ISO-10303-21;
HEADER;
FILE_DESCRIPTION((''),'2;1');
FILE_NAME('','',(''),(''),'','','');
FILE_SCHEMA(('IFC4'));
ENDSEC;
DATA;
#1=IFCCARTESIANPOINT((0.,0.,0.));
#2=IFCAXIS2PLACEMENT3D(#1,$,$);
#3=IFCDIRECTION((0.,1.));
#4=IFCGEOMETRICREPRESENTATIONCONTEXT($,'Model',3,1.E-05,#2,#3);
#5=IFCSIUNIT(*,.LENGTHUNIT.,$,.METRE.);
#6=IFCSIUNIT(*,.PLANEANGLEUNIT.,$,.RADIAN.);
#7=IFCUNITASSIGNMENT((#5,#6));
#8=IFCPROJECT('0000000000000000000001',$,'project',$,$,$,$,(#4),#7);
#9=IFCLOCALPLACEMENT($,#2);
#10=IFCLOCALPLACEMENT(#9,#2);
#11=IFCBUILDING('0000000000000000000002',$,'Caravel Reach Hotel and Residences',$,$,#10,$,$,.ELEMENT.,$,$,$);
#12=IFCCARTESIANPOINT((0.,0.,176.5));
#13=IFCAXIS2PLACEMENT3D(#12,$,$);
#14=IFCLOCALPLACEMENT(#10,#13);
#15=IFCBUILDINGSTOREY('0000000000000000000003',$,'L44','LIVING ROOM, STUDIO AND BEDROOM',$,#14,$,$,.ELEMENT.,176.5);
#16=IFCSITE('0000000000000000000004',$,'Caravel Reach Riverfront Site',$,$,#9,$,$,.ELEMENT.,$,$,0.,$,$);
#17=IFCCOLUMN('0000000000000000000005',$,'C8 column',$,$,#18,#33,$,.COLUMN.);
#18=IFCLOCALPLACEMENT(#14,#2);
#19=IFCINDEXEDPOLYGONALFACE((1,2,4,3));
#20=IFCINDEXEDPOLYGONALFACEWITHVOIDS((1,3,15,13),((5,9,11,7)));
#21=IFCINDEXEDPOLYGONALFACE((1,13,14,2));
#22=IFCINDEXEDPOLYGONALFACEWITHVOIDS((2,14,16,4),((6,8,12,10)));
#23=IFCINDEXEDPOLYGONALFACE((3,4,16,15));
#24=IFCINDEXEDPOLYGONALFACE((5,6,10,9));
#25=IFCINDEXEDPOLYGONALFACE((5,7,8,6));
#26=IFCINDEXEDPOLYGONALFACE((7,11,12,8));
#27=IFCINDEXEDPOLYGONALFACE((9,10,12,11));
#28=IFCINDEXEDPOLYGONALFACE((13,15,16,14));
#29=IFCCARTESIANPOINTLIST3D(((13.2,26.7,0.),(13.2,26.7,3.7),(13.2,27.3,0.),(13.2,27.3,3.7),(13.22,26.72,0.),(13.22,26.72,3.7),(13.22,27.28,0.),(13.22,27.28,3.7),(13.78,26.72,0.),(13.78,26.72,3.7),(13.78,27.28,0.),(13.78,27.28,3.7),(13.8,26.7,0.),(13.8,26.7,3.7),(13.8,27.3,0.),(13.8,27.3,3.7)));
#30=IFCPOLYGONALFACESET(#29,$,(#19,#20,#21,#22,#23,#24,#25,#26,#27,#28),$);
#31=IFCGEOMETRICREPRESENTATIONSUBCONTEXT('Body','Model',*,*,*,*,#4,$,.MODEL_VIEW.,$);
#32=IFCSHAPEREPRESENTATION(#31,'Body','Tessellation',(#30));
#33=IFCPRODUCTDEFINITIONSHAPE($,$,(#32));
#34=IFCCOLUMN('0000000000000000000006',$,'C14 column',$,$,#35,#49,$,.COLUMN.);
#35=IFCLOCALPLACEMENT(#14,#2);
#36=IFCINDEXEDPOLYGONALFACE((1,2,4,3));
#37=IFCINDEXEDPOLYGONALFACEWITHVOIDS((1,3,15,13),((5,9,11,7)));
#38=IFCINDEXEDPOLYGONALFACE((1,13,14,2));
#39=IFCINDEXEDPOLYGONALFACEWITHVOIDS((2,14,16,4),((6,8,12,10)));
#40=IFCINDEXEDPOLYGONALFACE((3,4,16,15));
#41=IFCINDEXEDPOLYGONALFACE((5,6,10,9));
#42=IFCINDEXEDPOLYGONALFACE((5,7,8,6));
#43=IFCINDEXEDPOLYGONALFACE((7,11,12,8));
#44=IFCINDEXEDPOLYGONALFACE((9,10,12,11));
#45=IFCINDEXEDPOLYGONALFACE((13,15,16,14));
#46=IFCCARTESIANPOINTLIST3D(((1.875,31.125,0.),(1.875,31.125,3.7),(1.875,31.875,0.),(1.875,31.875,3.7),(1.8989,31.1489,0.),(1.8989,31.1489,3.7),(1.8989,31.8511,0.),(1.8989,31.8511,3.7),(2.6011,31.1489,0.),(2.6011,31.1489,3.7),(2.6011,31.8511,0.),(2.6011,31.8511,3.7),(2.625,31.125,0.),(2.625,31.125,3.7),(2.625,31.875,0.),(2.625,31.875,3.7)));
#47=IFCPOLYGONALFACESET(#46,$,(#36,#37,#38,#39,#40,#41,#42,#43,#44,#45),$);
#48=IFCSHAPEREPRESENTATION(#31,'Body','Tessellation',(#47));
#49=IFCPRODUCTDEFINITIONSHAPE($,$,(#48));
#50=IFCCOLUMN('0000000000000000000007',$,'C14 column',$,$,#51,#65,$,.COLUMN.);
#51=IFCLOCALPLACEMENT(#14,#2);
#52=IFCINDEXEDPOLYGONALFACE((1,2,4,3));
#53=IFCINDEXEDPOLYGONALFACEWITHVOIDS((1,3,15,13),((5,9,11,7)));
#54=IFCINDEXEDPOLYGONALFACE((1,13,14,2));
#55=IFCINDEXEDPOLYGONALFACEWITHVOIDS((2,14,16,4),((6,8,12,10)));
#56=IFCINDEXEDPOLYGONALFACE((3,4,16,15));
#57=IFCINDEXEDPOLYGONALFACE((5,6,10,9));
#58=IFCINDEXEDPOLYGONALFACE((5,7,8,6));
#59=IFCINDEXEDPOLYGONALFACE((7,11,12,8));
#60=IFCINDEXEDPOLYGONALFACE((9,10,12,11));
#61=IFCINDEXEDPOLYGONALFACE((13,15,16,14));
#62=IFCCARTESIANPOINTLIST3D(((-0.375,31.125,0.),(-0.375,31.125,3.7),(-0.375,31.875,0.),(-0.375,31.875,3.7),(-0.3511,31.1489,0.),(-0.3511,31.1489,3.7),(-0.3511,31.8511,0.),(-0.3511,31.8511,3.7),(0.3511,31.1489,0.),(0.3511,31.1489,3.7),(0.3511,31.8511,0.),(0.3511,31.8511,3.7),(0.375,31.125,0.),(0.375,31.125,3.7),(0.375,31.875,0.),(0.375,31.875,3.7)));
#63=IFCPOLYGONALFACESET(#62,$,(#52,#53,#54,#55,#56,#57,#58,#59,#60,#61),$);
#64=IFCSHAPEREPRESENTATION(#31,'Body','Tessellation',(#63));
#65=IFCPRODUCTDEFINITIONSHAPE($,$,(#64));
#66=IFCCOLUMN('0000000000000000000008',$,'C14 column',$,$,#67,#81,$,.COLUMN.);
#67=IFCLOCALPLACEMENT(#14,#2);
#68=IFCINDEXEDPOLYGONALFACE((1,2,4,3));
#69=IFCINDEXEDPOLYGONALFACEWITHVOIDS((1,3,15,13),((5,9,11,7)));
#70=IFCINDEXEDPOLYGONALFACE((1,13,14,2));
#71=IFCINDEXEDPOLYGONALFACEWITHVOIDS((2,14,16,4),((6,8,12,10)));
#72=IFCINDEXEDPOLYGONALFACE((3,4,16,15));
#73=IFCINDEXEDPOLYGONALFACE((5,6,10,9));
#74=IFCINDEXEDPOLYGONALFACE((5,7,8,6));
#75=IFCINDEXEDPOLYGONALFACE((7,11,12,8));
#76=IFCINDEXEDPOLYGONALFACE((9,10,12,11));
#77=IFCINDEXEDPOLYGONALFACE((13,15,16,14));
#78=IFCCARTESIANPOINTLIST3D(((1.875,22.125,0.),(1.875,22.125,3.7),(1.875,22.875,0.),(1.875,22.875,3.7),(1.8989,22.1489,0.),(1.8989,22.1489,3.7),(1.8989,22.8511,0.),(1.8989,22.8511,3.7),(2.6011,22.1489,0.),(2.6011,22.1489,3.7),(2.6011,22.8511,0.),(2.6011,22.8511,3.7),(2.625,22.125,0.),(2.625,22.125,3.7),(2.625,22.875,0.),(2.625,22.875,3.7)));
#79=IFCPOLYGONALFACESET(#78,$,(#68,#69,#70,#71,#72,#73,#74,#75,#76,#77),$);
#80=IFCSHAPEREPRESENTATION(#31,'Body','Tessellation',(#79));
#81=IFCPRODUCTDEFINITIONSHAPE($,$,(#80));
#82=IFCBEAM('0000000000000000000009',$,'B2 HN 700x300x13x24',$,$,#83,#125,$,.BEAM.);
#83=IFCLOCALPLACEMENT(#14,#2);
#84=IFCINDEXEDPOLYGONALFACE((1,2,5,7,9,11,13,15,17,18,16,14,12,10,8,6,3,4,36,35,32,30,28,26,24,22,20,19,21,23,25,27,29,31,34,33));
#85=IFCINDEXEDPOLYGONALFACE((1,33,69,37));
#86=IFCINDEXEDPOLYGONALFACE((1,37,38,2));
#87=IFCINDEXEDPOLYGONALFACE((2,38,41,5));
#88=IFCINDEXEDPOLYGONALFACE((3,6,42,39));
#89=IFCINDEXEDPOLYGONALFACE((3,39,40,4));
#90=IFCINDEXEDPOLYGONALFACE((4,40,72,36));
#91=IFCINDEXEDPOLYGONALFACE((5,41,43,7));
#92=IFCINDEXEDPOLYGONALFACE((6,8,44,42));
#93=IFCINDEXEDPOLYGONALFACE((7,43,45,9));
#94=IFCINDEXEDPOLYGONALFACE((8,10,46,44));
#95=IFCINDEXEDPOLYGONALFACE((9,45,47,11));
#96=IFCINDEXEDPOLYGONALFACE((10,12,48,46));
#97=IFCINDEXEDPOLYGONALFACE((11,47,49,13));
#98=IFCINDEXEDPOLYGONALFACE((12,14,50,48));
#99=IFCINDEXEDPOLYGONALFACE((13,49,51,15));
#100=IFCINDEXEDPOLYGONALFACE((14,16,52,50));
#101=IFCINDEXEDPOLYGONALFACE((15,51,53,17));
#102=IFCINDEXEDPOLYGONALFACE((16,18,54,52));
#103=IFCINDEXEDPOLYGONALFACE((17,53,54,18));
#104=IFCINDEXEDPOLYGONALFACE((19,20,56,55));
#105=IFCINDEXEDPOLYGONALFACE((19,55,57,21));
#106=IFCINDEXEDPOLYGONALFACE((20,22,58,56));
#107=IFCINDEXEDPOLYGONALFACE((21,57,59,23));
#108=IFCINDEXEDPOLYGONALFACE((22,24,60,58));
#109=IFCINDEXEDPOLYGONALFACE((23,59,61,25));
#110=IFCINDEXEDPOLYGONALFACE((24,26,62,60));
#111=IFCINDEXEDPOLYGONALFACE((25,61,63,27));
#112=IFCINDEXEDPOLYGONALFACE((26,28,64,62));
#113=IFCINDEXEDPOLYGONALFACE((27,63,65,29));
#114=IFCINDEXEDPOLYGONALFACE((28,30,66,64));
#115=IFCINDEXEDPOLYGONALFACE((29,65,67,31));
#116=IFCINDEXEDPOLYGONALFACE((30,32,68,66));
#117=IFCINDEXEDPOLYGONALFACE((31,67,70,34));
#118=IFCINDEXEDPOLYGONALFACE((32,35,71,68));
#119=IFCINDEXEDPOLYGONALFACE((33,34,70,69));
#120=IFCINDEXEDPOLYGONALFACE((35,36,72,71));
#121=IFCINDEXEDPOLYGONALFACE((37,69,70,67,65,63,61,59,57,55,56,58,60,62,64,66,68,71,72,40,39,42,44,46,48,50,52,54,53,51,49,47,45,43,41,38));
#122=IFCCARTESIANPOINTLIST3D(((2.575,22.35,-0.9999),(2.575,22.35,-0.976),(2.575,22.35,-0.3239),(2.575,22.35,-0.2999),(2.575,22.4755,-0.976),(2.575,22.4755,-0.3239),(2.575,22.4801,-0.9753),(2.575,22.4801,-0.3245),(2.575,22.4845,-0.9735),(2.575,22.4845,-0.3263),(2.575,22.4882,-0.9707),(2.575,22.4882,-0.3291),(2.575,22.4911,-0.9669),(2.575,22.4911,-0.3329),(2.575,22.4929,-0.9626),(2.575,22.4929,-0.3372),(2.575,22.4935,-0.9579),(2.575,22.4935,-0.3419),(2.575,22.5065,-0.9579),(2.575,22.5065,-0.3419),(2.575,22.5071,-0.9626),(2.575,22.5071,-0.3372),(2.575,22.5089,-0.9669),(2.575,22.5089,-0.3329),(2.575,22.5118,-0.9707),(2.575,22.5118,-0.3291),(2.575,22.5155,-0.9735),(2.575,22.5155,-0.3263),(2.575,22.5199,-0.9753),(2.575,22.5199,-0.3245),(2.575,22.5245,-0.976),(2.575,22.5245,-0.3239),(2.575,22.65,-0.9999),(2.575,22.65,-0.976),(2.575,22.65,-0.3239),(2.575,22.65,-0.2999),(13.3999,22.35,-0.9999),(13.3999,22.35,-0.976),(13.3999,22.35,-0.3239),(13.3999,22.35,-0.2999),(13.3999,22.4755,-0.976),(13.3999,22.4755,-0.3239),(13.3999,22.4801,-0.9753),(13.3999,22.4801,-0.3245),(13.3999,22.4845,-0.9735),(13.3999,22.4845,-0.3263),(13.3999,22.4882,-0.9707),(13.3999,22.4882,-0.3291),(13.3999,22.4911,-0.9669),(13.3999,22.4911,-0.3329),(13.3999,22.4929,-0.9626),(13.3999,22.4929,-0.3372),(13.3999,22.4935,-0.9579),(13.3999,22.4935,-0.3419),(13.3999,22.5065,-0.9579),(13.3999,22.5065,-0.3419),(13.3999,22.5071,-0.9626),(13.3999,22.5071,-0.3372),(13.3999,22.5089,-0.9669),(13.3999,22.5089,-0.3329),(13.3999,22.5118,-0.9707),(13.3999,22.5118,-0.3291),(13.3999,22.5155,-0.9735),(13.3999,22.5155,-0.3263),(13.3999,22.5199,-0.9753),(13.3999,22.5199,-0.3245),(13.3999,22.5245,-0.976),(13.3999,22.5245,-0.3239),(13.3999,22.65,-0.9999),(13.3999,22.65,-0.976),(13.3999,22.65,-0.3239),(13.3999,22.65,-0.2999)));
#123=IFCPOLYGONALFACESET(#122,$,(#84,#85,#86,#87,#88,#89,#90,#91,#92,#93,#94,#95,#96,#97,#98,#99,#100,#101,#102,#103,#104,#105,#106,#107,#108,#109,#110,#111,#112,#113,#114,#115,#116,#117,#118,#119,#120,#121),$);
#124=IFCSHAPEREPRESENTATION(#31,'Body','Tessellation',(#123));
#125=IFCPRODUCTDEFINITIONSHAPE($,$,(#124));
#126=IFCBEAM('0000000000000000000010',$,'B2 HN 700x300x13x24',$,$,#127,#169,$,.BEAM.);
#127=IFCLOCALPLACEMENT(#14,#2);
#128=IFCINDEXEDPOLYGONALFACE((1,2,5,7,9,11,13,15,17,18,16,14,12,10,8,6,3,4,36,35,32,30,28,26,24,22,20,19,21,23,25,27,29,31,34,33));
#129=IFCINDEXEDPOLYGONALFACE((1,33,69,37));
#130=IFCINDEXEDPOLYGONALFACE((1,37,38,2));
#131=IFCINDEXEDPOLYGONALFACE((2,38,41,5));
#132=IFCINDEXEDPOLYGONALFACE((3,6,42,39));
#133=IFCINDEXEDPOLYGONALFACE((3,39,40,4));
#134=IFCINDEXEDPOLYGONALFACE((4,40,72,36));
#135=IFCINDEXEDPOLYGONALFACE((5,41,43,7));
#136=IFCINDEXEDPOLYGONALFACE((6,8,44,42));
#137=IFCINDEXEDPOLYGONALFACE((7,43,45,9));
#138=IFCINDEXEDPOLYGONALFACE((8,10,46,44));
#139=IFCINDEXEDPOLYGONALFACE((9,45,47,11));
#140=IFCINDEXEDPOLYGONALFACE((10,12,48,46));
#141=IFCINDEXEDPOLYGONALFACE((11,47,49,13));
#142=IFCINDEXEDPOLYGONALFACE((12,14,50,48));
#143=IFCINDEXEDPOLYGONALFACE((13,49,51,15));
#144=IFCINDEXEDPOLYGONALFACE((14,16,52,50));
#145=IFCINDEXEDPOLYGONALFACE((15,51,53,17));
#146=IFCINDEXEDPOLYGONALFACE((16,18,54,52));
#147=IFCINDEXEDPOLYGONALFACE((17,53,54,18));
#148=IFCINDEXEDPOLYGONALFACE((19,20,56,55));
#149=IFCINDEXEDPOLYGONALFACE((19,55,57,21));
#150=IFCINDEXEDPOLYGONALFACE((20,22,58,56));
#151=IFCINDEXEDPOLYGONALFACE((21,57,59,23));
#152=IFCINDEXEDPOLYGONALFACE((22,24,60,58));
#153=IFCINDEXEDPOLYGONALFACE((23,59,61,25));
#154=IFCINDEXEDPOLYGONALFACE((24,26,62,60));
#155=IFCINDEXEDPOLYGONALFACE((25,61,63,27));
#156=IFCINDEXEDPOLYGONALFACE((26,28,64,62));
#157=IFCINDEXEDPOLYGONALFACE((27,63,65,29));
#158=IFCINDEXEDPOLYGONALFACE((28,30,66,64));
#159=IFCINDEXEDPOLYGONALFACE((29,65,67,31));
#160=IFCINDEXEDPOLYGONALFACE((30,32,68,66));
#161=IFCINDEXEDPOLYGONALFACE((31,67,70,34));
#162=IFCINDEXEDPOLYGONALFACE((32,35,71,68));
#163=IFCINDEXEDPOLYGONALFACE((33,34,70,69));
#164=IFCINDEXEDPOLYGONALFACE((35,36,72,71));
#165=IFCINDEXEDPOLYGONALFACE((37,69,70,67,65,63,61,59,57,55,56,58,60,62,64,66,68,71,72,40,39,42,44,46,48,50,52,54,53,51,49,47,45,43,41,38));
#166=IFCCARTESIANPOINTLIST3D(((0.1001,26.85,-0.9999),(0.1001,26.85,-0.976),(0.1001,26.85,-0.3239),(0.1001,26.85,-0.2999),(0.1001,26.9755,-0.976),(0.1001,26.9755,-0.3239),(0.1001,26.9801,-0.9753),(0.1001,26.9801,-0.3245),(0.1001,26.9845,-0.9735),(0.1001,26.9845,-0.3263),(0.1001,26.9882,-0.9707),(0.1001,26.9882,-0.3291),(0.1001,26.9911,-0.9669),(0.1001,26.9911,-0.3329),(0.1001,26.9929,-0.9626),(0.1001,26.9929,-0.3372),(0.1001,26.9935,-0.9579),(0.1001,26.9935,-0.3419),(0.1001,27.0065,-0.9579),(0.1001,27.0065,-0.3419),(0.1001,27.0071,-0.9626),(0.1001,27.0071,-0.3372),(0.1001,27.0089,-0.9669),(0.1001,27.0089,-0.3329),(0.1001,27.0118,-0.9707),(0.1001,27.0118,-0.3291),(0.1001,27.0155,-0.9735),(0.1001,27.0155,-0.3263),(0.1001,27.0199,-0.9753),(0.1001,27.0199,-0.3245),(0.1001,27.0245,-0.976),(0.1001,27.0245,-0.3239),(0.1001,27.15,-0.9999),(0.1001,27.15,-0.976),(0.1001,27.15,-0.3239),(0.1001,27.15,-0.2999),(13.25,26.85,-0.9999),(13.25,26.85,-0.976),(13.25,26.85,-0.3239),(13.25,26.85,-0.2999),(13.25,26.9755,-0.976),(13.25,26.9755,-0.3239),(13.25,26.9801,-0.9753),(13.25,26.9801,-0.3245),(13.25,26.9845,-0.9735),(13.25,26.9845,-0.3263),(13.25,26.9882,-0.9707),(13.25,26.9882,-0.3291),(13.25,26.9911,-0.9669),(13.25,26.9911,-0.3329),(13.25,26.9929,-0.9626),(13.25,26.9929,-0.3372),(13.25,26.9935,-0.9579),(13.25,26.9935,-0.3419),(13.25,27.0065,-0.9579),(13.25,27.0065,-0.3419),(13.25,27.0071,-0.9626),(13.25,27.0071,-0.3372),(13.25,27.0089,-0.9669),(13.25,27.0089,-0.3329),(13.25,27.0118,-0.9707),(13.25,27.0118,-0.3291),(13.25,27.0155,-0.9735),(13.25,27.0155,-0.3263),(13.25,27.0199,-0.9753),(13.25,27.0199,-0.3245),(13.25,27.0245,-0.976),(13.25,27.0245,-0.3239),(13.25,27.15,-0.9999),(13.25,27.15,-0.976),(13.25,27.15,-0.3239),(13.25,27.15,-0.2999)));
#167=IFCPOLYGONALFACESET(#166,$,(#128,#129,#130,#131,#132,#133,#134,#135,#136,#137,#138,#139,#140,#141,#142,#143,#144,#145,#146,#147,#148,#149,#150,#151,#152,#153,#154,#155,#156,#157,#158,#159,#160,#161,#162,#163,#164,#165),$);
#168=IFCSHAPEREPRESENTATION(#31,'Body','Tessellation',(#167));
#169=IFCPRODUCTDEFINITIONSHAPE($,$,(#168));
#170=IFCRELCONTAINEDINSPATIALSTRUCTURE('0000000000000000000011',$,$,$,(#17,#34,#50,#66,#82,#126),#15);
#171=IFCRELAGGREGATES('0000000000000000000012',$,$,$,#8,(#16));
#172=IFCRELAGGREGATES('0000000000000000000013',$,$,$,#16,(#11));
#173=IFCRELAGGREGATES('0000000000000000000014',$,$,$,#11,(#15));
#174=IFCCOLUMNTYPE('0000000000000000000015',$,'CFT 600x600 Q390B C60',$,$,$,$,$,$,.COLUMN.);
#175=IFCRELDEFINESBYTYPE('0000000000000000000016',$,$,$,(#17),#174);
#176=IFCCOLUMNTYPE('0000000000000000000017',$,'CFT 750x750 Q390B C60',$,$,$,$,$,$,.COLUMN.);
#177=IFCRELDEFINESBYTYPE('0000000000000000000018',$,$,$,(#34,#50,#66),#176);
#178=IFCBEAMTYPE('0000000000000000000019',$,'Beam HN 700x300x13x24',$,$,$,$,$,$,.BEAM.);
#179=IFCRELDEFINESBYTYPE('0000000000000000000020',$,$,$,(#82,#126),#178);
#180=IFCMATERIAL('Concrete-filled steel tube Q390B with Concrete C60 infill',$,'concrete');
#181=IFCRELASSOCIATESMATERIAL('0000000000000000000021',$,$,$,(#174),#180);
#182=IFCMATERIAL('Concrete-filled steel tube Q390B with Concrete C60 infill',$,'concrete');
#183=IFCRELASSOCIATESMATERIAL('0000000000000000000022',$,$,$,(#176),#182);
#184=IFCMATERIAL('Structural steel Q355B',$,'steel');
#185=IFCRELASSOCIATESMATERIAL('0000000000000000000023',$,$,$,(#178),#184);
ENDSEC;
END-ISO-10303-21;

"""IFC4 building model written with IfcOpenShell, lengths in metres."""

from ifc_helpers import new_model, si_unit, direction, frame, origin, origin_2d, place, context, subcontext, project, spatial, hollow_rectangle, i_section, extrude, material, material_profile, profile_set, type_object, element, save


model = new_model("IFC4")

# Units and contexts
model_context = context("Model", 3, precision=1e-05, world=origin(), true_north=direction((0.0, 1.0)))
body_context = subcontext(model_context, "Body", "Model", "MODEL_VIEW")
ifc_project = project(units=[si_unit("LENGTHUNIT", "METRE"), si_unit("PLANEANGLEUNIT", "RADIAN")], contexts=[model_context])

# Site, building, storey
site_placement = place(None, origin())
site = spatial("IfcSite", under=ifc_project, at=site_placement, Name="Caravel Reach Riverfront Site", CompositionType="ELEMENT", RefElevation=0.0)
building_placement = place(site_placement, origin())
building = spatial("IfcBuilding", under=site, at=building_placement, Name="Caravel Reach Hotel and Residences", CompositionType="ELEMENT")
storey_placement = place(building_placement, frame((0.0, 0.0, 176.5)))
storey = spatial("IfcBuildingStorey", under=building, at=storey_placement, Name="L44", Description="LIVING ROOM, STUDIO AND BEDROOM", CompositionType="ELEMENT", Elevation=176.5)

# Columns
ifc_material_1 = material(Name="Concrete-filled steel tube Q390B with Concrete C60 infill", Category="concrete")
ifc_material_profile_1 = material_profile(ifc_material_1, hollow_rectangle(XDim=0.6001, YDim=0.6001, WallThickness=0.02, at=origin_2d()), Name="RHS 600x600x20")
ifc_profile_set_1 = profile_set([ifc_material_profile_1], Name="Concrete-filled steel tube Q390B with Concrete C60 infill")
column_type_1 = type_object("IfcColumnType", Name="CFT 600x600 Q390B C60", PredefinedType="COLUMN", material=ifc_profile_set_1)
column_placement = place(storey_placement, frame((13.5, 27.0, 0.0), z_axis=(0.0, 0.0, 1.0), x_axis=(1.0, 0.0, 0.0)))
element("IfcColumn", 1, at=column_placement, inside=storey, type_object=column_type_1, Name="C8 column", PredefinedType="COLUMN", context=body_context, shape_type="SweptSolid", body=[
    extrude(hollow_rectangle(XDim=0.6001, YDim=0.6001, WallThickness=0.02, at=origin_2d()), origin(), (0.0, 0.0, 1.0), 3.7),
])
ifc_material_2 = material(Name="Concrete-filled steel tube Q390B with Concrete C60 infill", Category="concrete")
ifc_material_profile_2 = material_profile(ifc_material_2, hollow_rectangle(XDim=0.75, YDim=0.75, WallThickness=0.0239, at=origin_2d()), Name="RHS 750x750x24")
ifc_profile_set_2 = profile_set([ifc_material_profile_2], Name="Concrete-filled steel tube Q390B with Concrete C60 infill")
column_type_2 = type_object("IfcColumnType", Name="CFT 750x750 Q390B C60", PredefinedType="COLUMN", material=ifc_profile_set_2)
for number, where, z_axis, x_axis, name in (
    (2, (2.25, 31.5, 0.0), (0.0, 0.0, 1.0), (1.0, 0.0, 0.0), "C14 column"),
    (3, (0.0, 31.5, 0.0), (0.0, 0.0, 1.0), (1.0, 0.0, 0.0), "C14 column"),
    (4, (2.25, 22.5, 0.0), (0.0, 0.0, 1.0), (1.0, 0.0, 0.0), "C14 column"),
):
    element("IfcColumn", number, at=place(storey_placement, frame(where, z_axis=z_axis, x_axis=x_axis)), inside=storey, type_object=column_type_2, Name=name, PredefinedType="COLUMN", context=body_context, shape_type="SweptSolid", body=[
        extrude(hollow_rectangle(XDim=0.75, YDim=0.75, WallThickness=0.0239, at=origin_2d()), origin(), (0.0, 0.0, 1.0), 3.7),
    ])

# Beams
ifc_material_3 = material(Name="Structural steel Q355B", Category="steel")
ifc_material_profile_3 = material_profile(ifc_material_3, i_section(OverallWidth=0.3, OverallDepth=0.7, WebThickness=0.0129, FlangeThickness=0.0239, FilletRadius=0.0181, at=origin_2d()), Name="HN 700x300x13x24")
ifc_profile_set_3 = profile_set([ifc_material_profile_3], Name="Structural steel Q355B")
beam_type_1 = type_object("IfcBeamType", Name="Beam HN 700x300x13x24", PredefinedType="BEAM", material=ifc_profile_set_3)
beam_1_placement = place(storey_placement, frame((13.3999, 22.5, -0.6499), z_axis=(-1.0, 0.0, 0.0), x_axis=(0.0, -1.0, 0.0)))
element("IfcBeam", 5, at=beam_1_placement, inside=storey, type_object=beam_type_1, Name="B2 HN 700x300x13x24", PredefinedType="BEAM", context=body_context, shape_type="SweptSolid", body=[
    extrude(i_section(OverallWidth=0.3, OverallDepth=0.7, WebThickness=0.0129, FlangeThickness=0.0239, FilletRadius=0.0181, at=origin_2d()), origin(), (0.0, 0.0, 1.0), 10.825),
])
beam_2_placement = place(storey_placement, frame((13.25, 27.0, -0.6499), z_axis=(-1.0, 0.0, 0.0), x_axis=(0.0, -1.0, 0.0)))
element("IfcBeam", 6, at=beam_2_placement, inside=storey, type_object=beam_type_1, Name="B2 HN 700x300x13x24", PredefinedType="BEAM", context=body_context, shape_type="SweptSolid", body=[
    extrude(i_section(OverallWidth=0.3, OverallDepth=0.7, WebThickness=0.0129, FlangeThickness=0.0239, FilletRadius=0.0181, at=origin_2d()), origin(), (0.0, 0.0, 1.0), 13.1499),
])

save(model, "model.ifc")
